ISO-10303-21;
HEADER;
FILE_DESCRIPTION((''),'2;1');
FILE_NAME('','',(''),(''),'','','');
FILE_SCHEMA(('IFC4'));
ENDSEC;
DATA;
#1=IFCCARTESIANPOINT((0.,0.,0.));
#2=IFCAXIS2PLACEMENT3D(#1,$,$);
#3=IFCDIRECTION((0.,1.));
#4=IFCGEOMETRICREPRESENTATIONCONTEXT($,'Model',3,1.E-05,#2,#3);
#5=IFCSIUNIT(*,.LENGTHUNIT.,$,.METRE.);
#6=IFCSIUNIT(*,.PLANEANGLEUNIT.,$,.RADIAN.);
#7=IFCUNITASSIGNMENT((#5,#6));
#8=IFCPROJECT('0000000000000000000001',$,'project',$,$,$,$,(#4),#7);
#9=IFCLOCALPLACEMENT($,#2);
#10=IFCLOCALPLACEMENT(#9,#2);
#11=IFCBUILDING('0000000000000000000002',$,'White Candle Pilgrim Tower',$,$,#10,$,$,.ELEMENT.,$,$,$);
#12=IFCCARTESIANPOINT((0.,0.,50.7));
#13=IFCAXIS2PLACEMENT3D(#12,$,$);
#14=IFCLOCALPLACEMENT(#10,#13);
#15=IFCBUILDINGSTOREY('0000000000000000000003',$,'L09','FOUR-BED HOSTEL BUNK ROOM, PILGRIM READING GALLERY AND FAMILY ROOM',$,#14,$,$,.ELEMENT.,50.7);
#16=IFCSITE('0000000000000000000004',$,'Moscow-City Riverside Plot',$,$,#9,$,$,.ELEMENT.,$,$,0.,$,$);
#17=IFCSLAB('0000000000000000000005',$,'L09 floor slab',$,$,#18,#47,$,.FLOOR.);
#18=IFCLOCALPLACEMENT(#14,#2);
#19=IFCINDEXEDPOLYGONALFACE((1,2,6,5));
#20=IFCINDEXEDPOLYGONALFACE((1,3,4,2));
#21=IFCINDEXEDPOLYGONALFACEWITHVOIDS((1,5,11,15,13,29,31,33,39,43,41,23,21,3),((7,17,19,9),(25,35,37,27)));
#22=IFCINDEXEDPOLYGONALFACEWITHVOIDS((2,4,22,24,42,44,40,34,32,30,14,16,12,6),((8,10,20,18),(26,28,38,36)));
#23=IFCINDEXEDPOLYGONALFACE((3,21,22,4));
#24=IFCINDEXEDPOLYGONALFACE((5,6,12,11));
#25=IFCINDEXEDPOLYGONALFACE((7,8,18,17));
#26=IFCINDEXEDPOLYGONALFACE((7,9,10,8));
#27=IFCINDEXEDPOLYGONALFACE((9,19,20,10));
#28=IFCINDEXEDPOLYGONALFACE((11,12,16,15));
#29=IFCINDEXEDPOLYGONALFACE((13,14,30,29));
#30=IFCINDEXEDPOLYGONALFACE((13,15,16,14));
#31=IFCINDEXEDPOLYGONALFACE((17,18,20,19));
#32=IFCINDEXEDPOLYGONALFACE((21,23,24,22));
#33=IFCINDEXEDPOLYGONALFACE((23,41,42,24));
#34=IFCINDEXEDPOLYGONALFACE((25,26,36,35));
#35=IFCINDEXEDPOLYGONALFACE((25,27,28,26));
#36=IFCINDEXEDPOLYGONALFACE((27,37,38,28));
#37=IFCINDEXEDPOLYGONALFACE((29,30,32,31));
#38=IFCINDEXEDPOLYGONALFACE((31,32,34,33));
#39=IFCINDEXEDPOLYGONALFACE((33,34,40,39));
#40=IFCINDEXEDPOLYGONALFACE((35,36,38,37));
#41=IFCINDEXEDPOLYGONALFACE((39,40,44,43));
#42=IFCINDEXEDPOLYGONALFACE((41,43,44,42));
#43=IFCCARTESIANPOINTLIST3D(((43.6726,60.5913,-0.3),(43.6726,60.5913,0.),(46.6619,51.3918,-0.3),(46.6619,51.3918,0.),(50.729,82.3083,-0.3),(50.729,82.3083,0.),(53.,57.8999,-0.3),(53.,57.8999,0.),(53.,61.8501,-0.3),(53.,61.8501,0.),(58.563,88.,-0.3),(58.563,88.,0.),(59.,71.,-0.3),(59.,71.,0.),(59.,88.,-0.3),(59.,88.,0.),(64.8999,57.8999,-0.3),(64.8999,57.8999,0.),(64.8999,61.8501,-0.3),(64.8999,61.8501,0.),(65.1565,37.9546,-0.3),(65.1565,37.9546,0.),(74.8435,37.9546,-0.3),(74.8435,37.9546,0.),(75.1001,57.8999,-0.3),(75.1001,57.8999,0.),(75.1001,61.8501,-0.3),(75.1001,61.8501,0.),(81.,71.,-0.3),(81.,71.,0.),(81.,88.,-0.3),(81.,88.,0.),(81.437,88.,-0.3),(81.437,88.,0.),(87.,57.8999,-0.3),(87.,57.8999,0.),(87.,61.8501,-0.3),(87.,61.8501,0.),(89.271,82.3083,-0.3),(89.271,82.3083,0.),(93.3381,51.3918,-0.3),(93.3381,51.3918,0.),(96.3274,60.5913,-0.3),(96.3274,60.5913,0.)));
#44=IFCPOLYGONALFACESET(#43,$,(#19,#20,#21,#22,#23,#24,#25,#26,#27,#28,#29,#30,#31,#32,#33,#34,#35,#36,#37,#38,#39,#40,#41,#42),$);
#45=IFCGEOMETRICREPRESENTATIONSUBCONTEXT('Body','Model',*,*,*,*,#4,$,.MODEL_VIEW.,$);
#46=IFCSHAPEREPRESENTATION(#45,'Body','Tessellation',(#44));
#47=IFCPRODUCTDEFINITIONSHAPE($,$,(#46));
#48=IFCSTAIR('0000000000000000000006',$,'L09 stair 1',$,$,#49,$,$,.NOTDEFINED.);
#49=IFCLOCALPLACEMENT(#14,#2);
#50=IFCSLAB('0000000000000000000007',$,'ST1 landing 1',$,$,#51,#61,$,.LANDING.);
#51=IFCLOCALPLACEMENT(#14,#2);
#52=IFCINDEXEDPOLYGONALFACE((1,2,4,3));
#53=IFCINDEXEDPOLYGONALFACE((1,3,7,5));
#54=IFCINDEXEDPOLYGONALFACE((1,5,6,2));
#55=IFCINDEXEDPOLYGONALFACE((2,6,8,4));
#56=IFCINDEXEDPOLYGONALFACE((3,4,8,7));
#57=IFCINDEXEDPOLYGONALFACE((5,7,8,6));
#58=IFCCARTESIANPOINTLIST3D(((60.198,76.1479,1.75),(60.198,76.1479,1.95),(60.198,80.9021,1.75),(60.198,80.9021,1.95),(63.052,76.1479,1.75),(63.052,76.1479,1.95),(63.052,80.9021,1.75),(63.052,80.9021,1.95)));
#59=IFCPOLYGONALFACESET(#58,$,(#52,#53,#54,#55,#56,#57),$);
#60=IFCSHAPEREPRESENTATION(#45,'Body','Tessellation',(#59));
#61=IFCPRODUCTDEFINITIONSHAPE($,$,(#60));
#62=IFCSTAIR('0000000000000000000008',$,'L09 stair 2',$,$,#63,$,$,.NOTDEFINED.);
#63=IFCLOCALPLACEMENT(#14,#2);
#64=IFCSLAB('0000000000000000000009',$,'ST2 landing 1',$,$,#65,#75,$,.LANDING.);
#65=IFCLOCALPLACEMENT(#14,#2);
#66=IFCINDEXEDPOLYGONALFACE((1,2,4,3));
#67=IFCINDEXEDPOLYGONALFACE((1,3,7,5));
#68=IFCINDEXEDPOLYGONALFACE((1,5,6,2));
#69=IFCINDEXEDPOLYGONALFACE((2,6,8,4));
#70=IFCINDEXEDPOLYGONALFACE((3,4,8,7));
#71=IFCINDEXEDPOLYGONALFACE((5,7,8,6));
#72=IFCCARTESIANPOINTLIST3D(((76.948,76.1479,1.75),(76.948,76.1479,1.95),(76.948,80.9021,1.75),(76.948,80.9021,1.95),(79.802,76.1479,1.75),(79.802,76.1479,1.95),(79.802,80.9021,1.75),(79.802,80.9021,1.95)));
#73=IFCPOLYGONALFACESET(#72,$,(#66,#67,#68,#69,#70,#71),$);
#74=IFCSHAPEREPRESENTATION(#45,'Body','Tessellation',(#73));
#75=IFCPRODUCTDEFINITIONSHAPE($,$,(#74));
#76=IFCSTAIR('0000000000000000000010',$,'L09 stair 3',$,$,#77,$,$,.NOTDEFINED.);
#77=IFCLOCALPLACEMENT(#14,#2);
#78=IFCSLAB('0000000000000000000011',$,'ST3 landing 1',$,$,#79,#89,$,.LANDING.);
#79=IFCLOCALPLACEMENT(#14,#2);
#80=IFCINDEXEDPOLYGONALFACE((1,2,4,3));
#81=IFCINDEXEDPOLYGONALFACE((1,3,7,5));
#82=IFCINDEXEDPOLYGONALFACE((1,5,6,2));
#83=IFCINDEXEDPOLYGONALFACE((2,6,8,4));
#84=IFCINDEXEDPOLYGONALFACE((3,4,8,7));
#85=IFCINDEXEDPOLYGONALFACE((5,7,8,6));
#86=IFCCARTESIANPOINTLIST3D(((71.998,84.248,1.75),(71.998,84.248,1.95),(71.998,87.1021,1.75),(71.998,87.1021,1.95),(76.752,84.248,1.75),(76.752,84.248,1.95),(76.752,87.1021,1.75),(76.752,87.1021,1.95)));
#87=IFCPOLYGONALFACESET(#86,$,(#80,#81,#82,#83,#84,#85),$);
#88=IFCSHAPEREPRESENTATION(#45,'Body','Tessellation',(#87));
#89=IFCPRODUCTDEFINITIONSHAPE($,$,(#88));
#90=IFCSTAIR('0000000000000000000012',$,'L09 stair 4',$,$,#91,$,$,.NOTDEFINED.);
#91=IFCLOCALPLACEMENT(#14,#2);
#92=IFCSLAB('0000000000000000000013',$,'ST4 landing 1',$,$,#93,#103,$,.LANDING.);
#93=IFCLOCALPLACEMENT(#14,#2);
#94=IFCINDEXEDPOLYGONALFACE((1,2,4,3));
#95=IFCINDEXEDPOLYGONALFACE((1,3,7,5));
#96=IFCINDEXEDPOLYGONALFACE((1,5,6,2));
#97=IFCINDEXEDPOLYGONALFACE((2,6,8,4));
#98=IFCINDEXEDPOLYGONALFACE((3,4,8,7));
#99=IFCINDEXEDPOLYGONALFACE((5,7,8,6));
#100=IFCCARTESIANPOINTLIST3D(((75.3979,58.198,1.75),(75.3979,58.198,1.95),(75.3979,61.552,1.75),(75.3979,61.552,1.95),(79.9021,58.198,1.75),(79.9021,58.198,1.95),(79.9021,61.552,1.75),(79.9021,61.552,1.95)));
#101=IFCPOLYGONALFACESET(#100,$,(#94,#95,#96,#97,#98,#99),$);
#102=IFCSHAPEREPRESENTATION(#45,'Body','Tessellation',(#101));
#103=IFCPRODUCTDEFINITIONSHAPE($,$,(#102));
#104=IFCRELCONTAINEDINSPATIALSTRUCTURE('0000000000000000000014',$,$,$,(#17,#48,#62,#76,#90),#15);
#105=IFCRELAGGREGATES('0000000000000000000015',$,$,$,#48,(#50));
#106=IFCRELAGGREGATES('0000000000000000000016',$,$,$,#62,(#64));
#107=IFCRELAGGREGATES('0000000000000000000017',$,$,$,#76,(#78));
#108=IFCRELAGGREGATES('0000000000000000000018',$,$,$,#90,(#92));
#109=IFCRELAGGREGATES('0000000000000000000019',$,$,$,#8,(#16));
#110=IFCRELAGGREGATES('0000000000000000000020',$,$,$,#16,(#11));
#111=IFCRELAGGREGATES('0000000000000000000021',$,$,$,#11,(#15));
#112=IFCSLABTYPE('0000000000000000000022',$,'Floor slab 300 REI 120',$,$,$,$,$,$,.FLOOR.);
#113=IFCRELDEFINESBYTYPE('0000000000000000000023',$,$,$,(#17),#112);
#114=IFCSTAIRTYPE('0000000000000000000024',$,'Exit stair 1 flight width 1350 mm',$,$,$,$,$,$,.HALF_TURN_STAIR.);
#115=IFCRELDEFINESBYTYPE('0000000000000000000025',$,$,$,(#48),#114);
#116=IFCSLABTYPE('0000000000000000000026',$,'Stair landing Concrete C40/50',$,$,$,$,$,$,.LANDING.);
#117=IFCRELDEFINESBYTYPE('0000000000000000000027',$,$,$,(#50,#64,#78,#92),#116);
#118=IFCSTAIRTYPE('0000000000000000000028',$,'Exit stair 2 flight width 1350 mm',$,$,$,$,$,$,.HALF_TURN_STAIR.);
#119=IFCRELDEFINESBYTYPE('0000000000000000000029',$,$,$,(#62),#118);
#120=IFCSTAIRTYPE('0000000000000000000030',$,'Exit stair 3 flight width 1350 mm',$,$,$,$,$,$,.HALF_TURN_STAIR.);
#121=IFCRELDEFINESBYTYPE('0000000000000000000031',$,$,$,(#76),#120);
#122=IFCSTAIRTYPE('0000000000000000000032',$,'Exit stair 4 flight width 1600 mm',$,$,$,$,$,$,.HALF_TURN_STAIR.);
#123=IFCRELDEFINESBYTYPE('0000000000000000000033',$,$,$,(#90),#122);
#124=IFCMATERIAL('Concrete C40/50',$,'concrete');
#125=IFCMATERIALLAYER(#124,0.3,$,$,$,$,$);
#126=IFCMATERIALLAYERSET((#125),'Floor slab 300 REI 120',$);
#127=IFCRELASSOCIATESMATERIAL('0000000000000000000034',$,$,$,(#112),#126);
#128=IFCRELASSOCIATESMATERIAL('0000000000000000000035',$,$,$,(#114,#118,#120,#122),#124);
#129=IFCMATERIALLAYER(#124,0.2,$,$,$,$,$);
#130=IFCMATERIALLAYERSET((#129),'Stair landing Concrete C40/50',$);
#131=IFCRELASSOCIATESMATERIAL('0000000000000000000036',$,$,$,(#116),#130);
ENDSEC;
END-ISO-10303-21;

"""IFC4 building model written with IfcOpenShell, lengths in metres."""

from ifc_helpers import new_model, si_unit, direction, frame, origin, place, context, subcontext, project, spatial, polyline, outline, extrude, material, layer, layer_set, type_object, element, aggregate, save


model = new_model("IFC4")

# Units and contexts
model_context = context("Model", 3, precision=1e-05, world=origin(), true_north=direction((0.0, 1.0)))
body_context = subcontext(model_context, "Body", "Model", "MODEL_VIEW")
ifc_project = project(units=[si_unit("LENGTHUNIT", "METRE"), si_unit("PLANEANGLEUNIT", "RADIAN")], contexts=[model_context])

# Site, building, storey
site_placement = place(None, origin())
site = spatial("IfcSite", under=ifc_project, at=site_placement, Name="Moscow-City Riverside Plot", CompositionType="ELEMENT", RefElevation=0.0)
building_placement = place(site_placement, origin())
building = spatial("IfcBuilding", under=site, at=building_placement, Name="White Candle Pilgrim Tower", CompositionType="ELEMENT")
storey_placement = place(building_placement, frame((0.0, 0.0, 50.7)))
storey = spatial("IfcBuildingStorey", under=building, at=storey_placement, Name="L09", Description="FOUR-BED HOSTEL BUNK ROOM, PILGRIM READING GALLERY AND FAMILY ROOM", CompositionType="ELEMENT", Elevation=50.7)

# Slab
ifc_material = material(Name="Concrete C40/50", Category="concrete")
ifc_layer_1 = layer(ifc_material, 0.3)
ifc_layer_set_1 = layer_set([ifc_layer_1], Name="Floor slab 300 REI 120")
slab_type_1 = type_object("IfcSlabType", Name="Floor slab 300 REI 120", PredefinedType="FLOOR", material=ifc_layer_set_1)
slab_1_placement = place(storey_placement, frame((0.0, 0.0, -0.3)))
element("IfcSlab", 1, at=slab_1_placement, inside=storey, type_object=slab_type_1, Name="L09 floor slab", PredefinedType="FLOOR", context=body_context, shape_type="SweptSolid", body=[
    extrude(outline(polyline([(65.1565, 37.9546), (74.8435, 37.9546), (93.3381, 51.3918), (96.3274, 60.5913), (89.271, 82.3083), (81.437, 88.0), (81.0, 88.0), (81.0, 71.0), (59.0, 71.0), (59.0, 88.0), (58.563, 88.0), (50.729, 82.3083), (43.6726, 60.5913), (46.6619, 51.3918), (65.1565, 37.9546)]), holes=[polyline([(53.0, 57.8999), (53.0, 61.8501), (64.8999, 61.8501), (64.8999, 57.8999), (53.0, 57.8999)]), polyline([(75.1001, 57.8999), (75.1001, 61.8501), (87.0, 61.8501), (87.0, 57.8999), (75.1001, 57.8999)])]), origin(), (0.0, 0.0, 1.0), 0.3),
])

# Stairs, slabs
stair_type_1 = type_object("IfcStairType", Name="Exit stair 1 flight width 1350 mm", PredefinedType="HALF_TURN_STAIR", material=ifc_material)
stair_1_placement = place(storey_placement, origin())
stair_1 = element("IfcStair", 2, at=stair_1_placement, inside=storey, type_object=stair_type_1, Name="L09 stair 1", PredefinedType="NOTDEFINED")
ifc_layer_2 = layer(ifc_material, 0.2)
ifc_layer_set_2 = layer_set([ifc_layer_2], Name="Stair landing Concrete C40/50")
slab_type_2 = type_object("IfcSlabType", Name="Stair landing Concrete C40/50", PredefinedType="LANDING", material=ifc_layer_set_2)
slab_2_placement = place(storey_placement, frame((0.0, 0.0, 1.75)))
slab_2 = element("IfcSlab", 3, at=slab_2_placement, type_object=slab_type_2, Name="ST1 landing 1", PredefinedType="LANDING", context=body_context, shape_type="SweptSolid", body=[
    extrude(outline(polyline([(63.052, 76.1479), (60.198, 76.1479), (60.198, 80.9021), (63.052, 80.9021), (63.052, 76.1479)])), origin(), (0.0, 0.0, 1.0), 0.2),
])
aggregate(stair_1, [slab_2])
stair_type_2 = type_object("IfcStairType", Name="Exit stair 2 flight width 1350 mm", PredefinedType="HALF_TURN_STAIR", material=ifc_material)
stair_2_placement = place(storey_placement, origin())
stair_2 = element("IfcStair", 4, at=stair_2_placement, inside=storey, type_object=stair_type_2, Name="L09 stair 2", PredefinedType="NOTDEFINED")
slab_3_placement = place(storey_placement, frame((0.0, 0.0, 1.75)))
slab_3 = element("IfcSlab", 5, at=slab_3_placement, type_object=slab_type_2, Name="ST2 landing 1", PredefinedType="LANDING", context=body_context, shape_type="SweptSolid", body=[
    extrude(outline(polyline([(79.802, 76.1479), (76.948, 76.1479), (76.948, 80.9021), (79.802, 80.9021), (79.802, 76.1479)])), origin(), (0.0, 0.0, 1.0), 0.2),
])
aggregate(stair_2, [slab_3])
stair_type_3 = type_object("IfcStairType", Name="Exit stair 3 flight width 1350 mm", PredefinedType="HALF_TURN_STAIR", material=ifc_material)
stair_3_placement = place(storey_placement, origin())
stair_3 = element("IfcStair", 6, at=stair_3_placement, inside=storey, type_object=stair_type_3, Name="L09 stair 3", PredefinedType="NOTDEFINED")
slab_4_placement = place(storey_placement, frame((0.0, 0.0, 1.75)))
slab_4 = element("IfcSlab", 7, at=slab_4_placement, type_object=slab_type_2, Name="ST3 landing 1", PredefinedType="LANDING", context=body_context, shape_type="SweptSolid", body=[
    extrude(outline(polyline([(71.998, 84.248), (71.998, 87.1021), (76.752, 87.1021), (76.752, 84.248), (71.998, 84.248)])), origin(), (0.0, 0.0, 1.0), 0.2),
])
aggregate(stair_3, [slab_4])
stair_type_4 = type_object("IfcStairType", Name="Exit stair 4 flight width 1600 mm", PredefinedType="HALF_TURN_STAIR", material=ifc_material)
stair_4_placement = place(storey_placement, origin())
stair_4 = element("IfcStair", 8, at=stair_4_placement, inside=storey, type_object=stair_type_4, Name="L09 stair 4", PredefinedType="NOTDEFINED")
slab_5_placement = place(storey_placement, frame((0.0, 0.0, 1.75)))
slab_5 = element("IfcSlab", 9, at=slab_5_placement, type_object=slab_type_2, Name="ST4 landing 1", PredefinedType="LANDING", context=body_context, shape_type="SweptSolid", body=[
    extrude(outline(polyline([(79.9021, 61.552), (79.9021, 58.198), (75.3979, 58.198), (75.3979, 61.552), (79.9021, 61.552)])), origin(), (0.0, 0.0, 1.0), 0.2),
])
aggregate(stair_4, [slab_5])

save(model, "model.ifc")
